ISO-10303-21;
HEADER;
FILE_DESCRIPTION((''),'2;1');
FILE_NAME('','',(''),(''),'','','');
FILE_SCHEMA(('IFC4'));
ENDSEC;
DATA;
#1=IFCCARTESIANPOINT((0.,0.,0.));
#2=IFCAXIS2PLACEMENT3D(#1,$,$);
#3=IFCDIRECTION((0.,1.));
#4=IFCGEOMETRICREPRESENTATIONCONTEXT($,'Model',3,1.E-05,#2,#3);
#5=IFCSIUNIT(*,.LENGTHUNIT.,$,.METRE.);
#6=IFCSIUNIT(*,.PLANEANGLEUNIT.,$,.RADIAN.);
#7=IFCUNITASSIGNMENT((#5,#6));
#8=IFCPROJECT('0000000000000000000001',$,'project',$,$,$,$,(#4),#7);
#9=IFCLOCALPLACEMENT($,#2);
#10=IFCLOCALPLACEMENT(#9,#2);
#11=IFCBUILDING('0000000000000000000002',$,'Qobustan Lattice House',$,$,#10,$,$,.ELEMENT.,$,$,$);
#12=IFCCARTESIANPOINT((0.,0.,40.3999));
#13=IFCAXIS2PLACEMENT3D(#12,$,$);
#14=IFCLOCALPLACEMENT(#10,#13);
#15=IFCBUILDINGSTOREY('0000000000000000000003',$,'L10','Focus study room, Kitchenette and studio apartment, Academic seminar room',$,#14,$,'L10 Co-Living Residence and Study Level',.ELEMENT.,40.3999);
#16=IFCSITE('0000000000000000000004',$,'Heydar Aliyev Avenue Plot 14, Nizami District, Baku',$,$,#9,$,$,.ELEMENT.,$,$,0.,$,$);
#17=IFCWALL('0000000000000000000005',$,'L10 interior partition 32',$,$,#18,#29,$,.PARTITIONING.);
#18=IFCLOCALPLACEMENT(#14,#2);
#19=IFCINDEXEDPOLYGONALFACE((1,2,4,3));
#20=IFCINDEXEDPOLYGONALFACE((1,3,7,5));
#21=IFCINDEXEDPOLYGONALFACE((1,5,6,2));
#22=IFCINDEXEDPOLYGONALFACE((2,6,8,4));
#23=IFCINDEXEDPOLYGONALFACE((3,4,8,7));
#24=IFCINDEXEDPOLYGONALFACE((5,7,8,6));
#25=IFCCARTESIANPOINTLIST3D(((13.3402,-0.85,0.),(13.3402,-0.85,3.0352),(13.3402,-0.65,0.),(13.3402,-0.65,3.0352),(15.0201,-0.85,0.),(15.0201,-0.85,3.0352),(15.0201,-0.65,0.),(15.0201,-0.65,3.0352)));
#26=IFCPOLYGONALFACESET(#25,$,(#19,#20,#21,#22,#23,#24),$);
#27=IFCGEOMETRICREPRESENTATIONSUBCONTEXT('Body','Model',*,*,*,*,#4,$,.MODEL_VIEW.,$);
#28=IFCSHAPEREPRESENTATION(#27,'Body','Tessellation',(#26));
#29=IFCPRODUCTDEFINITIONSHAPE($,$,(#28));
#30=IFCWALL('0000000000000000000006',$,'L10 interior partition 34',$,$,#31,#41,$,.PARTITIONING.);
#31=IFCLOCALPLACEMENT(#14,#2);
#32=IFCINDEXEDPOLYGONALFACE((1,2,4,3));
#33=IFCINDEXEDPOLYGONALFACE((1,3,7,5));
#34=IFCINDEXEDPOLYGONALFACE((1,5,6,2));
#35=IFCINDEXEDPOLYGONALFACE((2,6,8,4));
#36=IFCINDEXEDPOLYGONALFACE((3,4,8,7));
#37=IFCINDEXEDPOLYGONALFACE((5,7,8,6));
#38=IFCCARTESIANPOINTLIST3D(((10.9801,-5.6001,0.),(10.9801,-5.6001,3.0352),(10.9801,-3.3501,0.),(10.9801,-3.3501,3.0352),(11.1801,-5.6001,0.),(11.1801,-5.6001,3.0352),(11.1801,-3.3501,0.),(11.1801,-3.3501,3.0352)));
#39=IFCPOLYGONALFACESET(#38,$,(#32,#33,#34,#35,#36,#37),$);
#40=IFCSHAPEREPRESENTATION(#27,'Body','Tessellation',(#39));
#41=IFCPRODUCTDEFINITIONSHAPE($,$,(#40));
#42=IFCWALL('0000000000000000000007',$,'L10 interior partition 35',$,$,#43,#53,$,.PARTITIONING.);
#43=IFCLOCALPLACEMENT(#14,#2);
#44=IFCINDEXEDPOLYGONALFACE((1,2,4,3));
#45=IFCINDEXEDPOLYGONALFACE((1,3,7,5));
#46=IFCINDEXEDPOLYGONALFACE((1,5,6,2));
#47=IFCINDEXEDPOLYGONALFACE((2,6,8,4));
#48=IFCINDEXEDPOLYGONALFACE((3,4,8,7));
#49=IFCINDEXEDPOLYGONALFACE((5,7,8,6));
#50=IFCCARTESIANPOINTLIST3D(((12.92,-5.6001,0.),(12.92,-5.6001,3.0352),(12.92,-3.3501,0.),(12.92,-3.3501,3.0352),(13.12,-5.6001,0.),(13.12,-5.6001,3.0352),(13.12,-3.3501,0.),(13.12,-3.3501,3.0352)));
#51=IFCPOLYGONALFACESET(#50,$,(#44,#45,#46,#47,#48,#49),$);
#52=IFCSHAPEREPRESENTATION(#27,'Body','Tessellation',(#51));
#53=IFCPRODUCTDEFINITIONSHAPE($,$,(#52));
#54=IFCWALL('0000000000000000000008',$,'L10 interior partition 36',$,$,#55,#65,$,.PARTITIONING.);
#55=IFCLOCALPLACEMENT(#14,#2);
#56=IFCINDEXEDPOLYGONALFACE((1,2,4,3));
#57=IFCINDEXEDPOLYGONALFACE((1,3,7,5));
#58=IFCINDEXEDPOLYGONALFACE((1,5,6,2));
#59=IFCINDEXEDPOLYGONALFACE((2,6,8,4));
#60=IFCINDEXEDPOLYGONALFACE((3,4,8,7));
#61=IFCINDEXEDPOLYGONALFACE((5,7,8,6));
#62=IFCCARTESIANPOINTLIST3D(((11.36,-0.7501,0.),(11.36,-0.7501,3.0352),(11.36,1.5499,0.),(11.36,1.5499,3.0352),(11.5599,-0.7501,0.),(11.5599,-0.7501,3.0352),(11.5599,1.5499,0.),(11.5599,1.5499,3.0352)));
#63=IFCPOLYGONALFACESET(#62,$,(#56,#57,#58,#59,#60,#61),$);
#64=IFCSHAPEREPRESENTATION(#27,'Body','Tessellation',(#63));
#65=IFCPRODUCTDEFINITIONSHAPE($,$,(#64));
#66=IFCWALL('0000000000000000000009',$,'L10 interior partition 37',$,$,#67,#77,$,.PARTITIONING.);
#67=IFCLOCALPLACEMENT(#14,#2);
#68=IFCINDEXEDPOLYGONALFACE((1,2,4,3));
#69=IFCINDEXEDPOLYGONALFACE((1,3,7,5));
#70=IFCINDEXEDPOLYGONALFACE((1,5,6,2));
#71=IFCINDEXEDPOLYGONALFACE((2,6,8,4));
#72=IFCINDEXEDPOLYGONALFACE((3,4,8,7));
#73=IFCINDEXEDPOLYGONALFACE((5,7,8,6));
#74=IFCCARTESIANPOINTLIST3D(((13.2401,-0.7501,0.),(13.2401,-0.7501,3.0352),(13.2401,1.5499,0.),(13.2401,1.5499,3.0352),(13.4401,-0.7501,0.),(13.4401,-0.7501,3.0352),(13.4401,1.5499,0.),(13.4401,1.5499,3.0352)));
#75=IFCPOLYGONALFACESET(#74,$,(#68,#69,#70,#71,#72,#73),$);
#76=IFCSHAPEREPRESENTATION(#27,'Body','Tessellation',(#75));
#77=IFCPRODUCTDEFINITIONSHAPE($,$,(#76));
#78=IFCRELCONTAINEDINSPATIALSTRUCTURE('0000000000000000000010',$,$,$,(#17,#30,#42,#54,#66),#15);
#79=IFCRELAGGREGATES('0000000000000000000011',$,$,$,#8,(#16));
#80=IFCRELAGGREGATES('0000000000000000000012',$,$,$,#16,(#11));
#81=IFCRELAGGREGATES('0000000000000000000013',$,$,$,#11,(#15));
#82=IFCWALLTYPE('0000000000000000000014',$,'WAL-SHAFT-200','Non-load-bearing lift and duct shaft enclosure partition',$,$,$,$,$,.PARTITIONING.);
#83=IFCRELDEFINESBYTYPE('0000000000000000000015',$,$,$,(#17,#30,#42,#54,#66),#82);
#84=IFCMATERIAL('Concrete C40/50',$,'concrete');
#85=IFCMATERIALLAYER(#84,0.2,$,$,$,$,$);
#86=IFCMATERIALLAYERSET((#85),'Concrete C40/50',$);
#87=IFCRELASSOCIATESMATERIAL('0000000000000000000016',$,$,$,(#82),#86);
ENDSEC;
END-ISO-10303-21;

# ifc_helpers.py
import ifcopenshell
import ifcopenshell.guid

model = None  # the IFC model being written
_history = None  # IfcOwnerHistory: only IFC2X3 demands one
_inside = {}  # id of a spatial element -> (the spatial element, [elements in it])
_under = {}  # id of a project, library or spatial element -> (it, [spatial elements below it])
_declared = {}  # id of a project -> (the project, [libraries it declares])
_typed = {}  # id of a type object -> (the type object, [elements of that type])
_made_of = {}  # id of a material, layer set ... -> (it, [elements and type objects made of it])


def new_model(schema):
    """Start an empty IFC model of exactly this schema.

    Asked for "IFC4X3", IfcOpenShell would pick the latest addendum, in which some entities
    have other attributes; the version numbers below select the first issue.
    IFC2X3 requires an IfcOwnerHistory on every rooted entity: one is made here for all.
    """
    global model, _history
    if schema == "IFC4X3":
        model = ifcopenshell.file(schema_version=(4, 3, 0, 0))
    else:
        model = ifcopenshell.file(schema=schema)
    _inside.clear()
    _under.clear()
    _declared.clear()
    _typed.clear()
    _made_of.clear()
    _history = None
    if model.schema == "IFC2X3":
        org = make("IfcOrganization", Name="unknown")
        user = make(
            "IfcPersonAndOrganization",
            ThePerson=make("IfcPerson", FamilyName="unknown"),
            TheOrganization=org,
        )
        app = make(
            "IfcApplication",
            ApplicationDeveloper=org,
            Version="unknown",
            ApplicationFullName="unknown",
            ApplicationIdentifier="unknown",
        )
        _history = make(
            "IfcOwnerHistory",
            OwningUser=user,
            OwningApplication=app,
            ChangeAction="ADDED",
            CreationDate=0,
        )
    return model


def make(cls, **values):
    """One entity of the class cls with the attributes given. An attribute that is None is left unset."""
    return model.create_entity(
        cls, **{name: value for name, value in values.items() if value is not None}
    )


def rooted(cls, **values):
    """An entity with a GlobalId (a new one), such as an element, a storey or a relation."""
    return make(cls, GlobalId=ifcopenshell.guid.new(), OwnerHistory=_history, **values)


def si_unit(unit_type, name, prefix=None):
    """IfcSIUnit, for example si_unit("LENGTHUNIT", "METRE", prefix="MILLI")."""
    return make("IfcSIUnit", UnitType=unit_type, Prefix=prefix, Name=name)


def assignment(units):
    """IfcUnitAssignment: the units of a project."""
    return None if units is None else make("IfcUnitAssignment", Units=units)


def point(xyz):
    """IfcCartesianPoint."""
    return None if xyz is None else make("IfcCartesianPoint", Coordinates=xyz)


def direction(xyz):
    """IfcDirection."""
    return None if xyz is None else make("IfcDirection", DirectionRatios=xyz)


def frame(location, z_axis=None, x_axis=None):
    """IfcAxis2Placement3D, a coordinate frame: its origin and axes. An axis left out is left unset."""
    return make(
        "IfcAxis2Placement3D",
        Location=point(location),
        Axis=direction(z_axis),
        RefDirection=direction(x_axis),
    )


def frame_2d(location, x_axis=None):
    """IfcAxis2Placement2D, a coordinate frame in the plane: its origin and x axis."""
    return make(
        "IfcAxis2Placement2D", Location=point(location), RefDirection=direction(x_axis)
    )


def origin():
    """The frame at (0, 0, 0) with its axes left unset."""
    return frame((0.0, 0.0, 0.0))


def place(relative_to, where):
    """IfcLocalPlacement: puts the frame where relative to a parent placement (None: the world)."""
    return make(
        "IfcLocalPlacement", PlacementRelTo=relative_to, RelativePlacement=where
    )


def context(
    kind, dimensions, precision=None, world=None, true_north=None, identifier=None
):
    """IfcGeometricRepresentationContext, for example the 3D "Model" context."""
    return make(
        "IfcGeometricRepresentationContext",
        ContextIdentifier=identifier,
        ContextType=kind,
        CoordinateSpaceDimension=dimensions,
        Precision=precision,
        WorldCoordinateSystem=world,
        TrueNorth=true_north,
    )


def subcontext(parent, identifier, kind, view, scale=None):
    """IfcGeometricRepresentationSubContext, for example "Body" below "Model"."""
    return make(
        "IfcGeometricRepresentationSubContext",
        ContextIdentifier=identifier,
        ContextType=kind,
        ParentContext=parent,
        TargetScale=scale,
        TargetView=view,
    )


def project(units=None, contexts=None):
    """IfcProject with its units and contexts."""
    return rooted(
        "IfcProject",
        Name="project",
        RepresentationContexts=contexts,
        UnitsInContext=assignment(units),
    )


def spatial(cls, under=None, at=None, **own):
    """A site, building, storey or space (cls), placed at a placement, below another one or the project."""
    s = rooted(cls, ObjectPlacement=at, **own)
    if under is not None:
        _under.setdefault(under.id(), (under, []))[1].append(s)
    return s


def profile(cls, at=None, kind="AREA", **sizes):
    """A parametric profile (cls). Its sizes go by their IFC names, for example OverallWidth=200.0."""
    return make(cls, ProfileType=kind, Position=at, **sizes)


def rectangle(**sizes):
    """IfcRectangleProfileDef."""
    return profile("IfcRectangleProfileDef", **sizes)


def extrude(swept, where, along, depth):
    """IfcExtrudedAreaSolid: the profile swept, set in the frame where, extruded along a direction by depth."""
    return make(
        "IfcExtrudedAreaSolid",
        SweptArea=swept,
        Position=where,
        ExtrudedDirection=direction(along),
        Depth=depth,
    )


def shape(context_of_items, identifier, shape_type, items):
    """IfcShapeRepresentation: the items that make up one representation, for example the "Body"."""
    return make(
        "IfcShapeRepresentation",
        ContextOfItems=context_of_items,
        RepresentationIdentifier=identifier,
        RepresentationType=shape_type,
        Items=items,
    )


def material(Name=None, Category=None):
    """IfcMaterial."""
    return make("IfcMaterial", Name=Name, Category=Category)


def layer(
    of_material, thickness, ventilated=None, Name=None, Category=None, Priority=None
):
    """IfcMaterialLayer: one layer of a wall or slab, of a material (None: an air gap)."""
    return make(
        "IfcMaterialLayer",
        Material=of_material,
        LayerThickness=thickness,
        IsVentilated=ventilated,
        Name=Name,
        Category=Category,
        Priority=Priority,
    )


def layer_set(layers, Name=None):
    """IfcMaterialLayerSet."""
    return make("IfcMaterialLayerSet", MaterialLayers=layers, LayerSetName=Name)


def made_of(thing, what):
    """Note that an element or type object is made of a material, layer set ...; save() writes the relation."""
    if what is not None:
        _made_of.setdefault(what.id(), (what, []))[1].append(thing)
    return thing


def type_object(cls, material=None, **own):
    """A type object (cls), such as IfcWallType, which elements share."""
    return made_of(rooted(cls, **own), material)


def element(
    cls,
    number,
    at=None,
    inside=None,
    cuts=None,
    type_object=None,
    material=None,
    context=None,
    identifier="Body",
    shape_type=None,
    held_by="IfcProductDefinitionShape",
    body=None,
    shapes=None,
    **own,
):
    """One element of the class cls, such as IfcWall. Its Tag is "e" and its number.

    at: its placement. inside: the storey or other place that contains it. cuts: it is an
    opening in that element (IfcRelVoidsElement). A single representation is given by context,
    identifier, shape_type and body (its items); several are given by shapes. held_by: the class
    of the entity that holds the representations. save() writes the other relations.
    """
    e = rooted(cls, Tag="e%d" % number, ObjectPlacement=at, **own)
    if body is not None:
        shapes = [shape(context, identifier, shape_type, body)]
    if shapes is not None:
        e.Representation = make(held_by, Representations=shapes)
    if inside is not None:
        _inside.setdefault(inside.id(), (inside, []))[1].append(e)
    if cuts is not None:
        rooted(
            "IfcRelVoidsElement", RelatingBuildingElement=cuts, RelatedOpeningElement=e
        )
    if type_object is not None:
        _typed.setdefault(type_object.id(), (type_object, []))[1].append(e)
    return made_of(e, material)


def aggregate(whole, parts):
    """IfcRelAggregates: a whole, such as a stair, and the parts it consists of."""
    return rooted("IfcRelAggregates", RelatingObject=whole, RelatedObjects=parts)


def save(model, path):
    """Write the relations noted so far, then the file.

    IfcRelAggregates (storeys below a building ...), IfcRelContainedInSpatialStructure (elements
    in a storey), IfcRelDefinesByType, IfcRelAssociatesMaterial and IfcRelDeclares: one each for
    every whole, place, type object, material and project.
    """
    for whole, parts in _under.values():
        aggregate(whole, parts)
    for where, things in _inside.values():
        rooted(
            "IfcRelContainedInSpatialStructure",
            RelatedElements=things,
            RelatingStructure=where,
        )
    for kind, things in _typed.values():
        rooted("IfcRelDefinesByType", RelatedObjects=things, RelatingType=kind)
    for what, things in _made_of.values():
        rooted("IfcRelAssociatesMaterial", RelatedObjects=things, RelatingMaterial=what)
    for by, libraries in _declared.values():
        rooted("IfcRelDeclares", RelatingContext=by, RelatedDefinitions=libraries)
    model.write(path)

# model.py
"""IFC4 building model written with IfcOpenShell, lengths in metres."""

from ifc_helpers import new_model, si_unit, direction, frame, frame_2d, origin, place, context, subcontext, project, spatial, rectangle, extrude, material, layer, layer_set, type_object, element, save


model = new_model("IFC4")

# Units and contexts
model_context = context("Model", 3, precision=1e-05, world=origin(), true_north=direction((0.0, 1.0)))
body_context = subcontext(model_context, "Body", "Model", "MODEL_VIEW")
ifc_project = project(units=[si_unit("LENGTHUNIT", "METRE"), si_unit("PLANEANGLEUNIT", "RADIAN")], contexts=[model_context])

# Site, building, storey
site_placement = place(None, origin())
site = spatial("IfcSite", under=ifc_project, at=site_placement, Name="Heydar Aliyev Avenue Plot 14, Nizami District, Baku", CompositionType="ELEMENT", RefElevation=0.0)
building_placement = place(site_placement, origin())
building = spatial("IfcBuilding", under=site, at=building_placement, Name="Qobustan Lattice House", CompositionType="ELEMENT")
storey_placement = place(building_placement, frame((0.0, 0.0, 40.3999)))
storey = spatial("IfcBuildingStorey", under=building, at=storey_placement, Name="L10", Description="Focus study room, Kitchenette and studio apartment, Academic seminar room", LongName="L10 Co-Living Residence and Study Level", CompositionType="ELEMENT", Elevation=40.3999)

# Walls
ifc_material_1 = material(Name="Concrete C40/50", Category="concrete")
ifc_layer_1 = layer(ifc_material_1, 0.2)
ifc_layer_set_1 = layer_set([ifc_layer_1], Name="Concrete C40/50")
wall_type_1 = type_object("IfcWallType", Name="WAL-SHAFT-200", Description="Non-load-bearing lift and duct shaft enclosure partition", PredefinedType="PARTITIONING", material=ifc_layer_set_1)
wall_1_placement = place(storey_placement, frame((15.02, -0.75, 0.0), z_axis=(0.0, 0.0, 1.0), x_axis=(-1.0, 0.0, 0.0)))
element("IfcWall", 1, at=wall_1_placement, inside=storey, type_object=wall_type_1, Name="L10 interior partition 32", PredefinedType="PARTITIONING", context=body_context, shape_type="SweptSolid", body=[
    extrude(rectangle(XDim=1.6799, YDim=0.2, at=frame_2d((0.8398, 0.0))), origin(), (0.0, 0.0, 1.0), 3.0352),
])
for number, where, z_axis, x_axis, name in (
    (2, (11.0801, -5.6001, 0.0), (0.0, 0.0, 1.0), (0.0, 1.0, 0.0), "L10 interior partition 34"),
    (3, (13.02, -5.6001, 0.0), (0.0, 0.0, 1.0), (0.0, 1.0, 0.0), "L10 interior partition 35"),
):
    element("IfcWall", number, at=place(storey_placement, frame(where, z_axis=z_axis, x_axis=x_axis)), inside=storey, type_object=wall_type_1, Name=name, PredefinedType="PARTITIONING", context=body_context, shape_type="SweptSolid", body=[
        extrude(rectangle(XDim=2.25, YDim=0.2, at=frame_2d((1.125, 0.0))), origin(), (0.0, 0.0, 1.0), 3.0352),
    ])
for number, where, z_axis, x_axis, name in (
    (4, (11.46, -0.75, 0.0), (0.0, 0.0, 1.0), (0.0, 1.0, 0.0), "L10 interior partition 36"),
    (5, (13.3401, -0.75, 0.0), (0.0, 0.0, 1.0), (0.0, 1.0, 0.0), "L10 interior partition 37"),
):
    element("IfcWall", number, at=place(storey_placement, frame(where, z_axis=z_axis, x_axis=x_axis)), inside=storey, type_object=wall_type_1, Name=name, PredefinedType="PARTITIONING", context=body_context, shape_type="SweptSolid", body=[
        extrude(rectangle(XDim=2.3, YDim=0.2, at=frame_2d((1.1499, 0.0))), origin(), (0.0, 0.0, 1.0), 3.0352),
    ])

save(model, "model.ifc")
